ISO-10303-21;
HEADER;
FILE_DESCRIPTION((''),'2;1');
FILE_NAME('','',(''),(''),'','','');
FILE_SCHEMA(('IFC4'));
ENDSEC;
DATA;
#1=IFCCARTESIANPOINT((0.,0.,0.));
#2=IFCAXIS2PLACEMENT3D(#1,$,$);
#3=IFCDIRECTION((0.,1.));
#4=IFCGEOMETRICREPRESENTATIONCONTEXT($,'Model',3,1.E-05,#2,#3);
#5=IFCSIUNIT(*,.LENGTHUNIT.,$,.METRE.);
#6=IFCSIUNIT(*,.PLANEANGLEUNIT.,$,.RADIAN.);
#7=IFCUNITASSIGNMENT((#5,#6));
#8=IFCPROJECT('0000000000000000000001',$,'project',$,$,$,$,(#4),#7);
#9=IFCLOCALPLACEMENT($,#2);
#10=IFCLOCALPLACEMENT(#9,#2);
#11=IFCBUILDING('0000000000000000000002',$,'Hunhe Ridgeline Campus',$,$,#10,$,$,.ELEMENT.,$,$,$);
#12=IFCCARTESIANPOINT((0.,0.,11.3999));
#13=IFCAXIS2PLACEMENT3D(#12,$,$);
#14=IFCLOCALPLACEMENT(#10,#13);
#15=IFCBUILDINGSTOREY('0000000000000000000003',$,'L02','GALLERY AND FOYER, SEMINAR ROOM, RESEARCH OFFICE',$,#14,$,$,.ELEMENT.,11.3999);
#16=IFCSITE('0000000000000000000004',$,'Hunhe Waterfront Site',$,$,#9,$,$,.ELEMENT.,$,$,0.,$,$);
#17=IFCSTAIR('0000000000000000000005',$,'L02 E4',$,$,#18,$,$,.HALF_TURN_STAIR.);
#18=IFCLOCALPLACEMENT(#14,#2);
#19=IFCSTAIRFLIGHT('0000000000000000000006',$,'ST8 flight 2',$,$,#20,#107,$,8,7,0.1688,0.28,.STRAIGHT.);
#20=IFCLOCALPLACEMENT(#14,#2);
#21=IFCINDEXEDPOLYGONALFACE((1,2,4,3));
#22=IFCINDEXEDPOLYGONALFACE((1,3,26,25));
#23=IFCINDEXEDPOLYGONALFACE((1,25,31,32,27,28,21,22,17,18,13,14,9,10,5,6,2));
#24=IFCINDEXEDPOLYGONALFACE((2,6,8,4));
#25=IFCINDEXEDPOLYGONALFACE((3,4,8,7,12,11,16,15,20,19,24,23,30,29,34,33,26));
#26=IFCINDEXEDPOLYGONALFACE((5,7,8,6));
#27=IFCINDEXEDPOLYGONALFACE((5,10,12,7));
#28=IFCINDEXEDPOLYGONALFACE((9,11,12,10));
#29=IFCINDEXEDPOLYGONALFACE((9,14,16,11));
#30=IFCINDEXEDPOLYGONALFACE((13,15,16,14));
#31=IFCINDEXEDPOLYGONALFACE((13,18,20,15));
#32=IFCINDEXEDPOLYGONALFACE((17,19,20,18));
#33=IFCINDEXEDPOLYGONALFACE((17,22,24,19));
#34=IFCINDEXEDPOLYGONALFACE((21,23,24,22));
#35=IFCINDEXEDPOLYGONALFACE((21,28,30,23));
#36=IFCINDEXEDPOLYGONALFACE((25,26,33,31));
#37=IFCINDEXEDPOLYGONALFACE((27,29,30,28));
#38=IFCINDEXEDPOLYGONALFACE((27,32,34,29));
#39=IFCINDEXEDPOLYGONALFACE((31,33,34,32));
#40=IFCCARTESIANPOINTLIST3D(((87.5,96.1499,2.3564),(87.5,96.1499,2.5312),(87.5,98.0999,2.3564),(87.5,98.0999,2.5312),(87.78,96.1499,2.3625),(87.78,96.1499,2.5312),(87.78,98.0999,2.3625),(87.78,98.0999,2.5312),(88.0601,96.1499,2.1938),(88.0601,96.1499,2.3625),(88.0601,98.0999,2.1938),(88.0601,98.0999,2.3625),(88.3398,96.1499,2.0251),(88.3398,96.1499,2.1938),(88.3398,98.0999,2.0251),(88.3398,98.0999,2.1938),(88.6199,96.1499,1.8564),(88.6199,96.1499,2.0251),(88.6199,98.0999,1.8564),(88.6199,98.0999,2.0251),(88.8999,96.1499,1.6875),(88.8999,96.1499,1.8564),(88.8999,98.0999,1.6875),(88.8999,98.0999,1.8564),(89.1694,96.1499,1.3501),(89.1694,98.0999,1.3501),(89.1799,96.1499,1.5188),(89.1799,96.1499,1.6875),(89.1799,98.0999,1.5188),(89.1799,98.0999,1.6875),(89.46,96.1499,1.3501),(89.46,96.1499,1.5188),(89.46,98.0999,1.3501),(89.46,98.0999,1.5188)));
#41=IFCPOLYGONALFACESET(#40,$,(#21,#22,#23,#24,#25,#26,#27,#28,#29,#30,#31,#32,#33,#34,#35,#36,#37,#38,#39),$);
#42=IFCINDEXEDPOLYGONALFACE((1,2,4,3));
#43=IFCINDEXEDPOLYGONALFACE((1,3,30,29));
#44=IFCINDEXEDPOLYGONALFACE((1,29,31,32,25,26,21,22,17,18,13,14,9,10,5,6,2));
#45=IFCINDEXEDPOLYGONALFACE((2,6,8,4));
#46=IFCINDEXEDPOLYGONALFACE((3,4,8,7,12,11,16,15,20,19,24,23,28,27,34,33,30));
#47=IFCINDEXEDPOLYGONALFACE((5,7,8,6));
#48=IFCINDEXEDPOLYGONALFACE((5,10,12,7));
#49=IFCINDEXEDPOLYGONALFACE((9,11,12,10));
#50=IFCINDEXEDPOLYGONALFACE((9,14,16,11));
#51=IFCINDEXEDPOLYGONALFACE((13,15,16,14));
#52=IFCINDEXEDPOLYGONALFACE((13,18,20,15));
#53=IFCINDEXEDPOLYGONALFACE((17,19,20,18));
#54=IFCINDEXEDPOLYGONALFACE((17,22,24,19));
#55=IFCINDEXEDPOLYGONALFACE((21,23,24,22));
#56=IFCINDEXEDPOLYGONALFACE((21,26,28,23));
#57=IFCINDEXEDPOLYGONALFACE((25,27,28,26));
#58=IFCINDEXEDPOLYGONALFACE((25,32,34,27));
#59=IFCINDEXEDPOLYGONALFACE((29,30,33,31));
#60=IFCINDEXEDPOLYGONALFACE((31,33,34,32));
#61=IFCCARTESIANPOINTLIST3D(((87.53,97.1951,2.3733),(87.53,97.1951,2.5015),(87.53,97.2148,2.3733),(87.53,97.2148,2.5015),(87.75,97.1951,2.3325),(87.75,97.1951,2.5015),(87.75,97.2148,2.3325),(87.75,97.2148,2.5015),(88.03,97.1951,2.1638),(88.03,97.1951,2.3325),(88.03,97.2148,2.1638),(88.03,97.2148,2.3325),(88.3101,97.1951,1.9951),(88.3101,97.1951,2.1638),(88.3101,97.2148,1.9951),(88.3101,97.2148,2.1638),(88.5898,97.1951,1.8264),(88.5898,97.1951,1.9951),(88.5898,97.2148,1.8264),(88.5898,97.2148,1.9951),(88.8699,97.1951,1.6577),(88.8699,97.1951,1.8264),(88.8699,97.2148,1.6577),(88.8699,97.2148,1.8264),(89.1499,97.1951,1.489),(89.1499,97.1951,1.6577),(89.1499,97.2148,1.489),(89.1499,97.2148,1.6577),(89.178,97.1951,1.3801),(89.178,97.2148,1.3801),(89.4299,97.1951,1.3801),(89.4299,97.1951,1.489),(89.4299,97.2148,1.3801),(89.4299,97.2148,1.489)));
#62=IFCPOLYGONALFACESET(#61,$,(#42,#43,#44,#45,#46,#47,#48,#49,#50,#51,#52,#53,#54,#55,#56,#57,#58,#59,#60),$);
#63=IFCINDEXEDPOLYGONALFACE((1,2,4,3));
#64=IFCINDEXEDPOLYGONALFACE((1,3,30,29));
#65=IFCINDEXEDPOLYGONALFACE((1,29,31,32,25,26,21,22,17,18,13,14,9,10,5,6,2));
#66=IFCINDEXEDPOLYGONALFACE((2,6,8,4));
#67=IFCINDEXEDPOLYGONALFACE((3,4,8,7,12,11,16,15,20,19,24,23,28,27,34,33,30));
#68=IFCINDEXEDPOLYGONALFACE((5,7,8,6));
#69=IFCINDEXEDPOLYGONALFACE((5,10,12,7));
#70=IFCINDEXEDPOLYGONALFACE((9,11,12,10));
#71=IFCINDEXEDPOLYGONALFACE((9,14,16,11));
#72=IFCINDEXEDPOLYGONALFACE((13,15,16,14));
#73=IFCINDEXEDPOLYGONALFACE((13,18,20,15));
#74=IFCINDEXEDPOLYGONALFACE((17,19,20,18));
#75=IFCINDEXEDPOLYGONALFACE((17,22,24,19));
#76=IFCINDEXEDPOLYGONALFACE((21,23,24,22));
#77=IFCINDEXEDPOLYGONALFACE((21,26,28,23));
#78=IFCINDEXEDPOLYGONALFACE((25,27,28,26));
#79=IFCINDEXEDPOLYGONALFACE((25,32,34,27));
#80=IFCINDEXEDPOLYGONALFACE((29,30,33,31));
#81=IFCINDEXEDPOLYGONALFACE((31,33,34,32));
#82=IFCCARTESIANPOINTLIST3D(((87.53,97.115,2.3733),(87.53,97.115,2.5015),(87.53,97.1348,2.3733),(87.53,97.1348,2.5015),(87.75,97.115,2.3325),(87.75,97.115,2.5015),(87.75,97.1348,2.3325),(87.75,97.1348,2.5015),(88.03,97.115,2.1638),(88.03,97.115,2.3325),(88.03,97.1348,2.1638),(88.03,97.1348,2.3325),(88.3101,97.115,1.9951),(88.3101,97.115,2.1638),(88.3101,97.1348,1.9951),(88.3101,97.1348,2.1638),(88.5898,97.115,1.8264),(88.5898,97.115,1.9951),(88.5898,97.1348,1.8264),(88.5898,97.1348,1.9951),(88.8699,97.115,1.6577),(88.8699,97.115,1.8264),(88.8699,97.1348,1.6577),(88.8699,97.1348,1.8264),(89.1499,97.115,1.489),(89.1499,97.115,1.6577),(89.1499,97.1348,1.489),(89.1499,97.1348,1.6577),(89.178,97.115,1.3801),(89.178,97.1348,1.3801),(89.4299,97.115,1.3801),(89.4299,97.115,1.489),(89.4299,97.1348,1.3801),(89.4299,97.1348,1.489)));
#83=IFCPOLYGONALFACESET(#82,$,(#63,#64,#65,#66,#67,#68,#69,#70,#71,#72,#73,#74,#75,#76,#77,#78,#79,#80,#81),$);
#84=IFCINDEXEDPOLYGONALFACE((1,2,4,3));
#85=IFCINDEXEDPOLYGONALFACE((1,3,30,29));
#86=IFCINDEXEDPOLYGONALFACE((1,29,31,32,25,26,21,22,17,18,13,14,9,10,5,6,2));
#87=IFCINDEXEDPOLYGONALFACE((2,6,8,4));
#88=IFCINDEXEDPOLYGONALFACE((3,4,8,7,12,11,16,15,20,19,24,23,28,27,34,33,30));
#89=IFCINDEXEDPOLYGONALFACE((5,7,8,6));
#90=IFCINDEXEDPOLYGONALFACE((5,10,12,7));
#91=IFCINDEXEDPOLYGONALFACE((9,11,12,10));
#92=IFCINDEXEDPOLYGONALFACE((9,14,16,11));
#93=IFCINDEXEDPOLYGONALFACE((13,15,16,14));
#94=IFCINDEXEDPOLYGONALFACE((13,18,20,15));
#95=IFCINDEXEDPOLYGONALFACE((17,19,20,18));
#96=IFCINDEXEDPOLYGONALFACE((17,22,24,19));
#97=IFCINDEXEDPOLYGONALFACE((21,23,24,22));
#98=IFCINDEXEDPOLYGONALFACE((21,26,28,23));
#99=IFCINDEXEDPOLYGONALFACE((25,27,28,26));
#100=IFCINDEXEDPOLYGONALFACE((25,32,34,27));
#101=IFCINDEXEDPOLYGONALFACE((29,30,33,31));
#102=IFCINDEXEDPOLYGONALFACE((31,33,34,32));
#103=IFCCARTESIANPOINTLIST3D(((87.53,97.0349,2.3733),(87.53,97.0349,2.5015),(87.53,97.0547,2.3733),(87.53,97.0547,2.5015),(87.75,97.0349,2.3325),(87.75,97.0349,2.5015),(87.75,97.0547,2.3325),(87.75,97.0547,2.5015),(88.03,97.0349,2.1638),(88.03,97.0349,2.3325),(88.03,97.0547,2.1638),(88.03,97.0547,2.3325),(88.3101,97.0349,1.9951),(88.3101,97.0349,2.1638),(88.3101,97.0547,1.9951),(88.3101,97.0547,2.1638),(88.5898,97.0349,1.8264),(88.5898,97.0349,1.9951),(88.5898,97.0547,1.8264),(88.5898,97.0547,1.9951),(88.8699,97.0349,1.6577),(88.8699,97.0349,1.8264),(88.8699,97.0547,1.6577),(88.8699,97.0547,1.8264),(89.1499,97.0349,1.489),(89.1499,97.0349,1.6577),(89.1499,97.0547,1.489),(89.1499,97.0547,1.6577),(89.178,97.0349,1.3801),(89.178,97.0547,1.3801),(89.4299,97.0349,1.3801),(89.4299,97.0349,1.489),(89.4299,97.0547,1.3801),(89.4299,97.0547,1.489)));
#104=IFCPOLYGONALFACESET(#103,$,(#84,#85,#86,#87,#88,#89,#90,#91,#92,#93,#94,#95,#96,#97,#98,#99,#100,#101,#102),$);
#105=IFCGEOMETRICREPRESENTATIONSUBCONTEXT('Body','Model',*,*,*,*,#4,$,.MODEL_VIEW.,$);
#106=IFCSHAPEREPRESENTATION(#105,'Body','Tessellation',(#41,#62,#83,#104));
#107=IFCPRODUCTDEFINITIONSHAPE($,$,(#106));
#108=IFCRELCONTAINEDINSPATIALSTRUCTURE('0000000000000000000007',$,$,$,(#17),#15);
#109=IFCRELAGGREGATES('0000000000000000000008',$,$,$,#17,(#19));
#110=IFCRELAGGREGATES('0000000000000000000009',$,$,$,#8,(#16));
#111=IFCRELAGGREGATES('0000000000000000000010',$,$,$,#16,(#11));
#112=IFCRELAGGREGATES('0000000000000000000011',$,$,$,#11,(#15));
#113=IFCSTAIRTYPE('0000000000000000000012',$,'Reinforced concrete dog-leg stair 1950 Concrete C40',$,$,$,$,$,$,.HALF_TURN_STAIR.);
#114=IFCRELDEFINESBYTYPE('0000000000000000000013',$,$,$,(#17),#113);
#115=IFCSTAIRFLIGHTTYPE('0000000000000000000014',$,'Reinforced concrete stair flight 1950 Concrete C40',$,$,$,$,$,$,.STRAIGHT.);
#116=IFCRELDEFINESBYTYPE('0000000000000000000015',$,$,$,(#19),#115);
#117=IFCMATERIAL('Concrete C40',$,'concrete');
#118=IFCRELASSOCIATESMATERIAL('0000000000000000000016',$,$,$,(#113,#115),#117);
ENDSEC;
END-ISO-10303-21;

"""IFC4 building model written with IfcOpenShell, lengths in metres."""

from ifc_helpers import new_model, si_unit, direction, frame, origin, place, context, subcontext, project, spatial, polyline, outline, extrude, material, type_object, element, aggregate, save


model = new_model("IFC4")

# Units and contexts
model_context = context("Model", 3, precision=1e-05, world=origin(), true_north=direction((0.0, 1.0)))
body_context = subcontext(model_context, "Body", "Model", "MODEL_VIEW")
ifc_project = project(units=[si_unit("LENGTHUNIT", "METRE"), si_unit("PLANEANGLEUNIT", "RADIAN")], contexts=[model_context])

# Site, building, storey
site_placement = place(None, origin())
site = spatial("IfcSite", under=ifc_project, at=site_placement, Name="Hunhe Waterfront Site", CompositionType="ELEMENT", RefElevation=0.0)
building_placement = place(site_placement, origin())
building = spatial("IfcBuilding", under=site, at=building_placement, Name="Hunhe Ridgeline Campus", CompositionType="ELEMENT")
storey_placement = place(building_placement, frame((0.0, 0.0, 11.3999)))
storey = spatial("IfcBuildingStorey", under=building, at=storey_placement, Name="L02", Description="GALLERY AND FOYER, SEMINAR ROOM, RESEARCH OFFICE", CompositionType="ELEMENT", Elevation=11.3999)

# Stair, stair flight
ifc_material_1 = material(Name="Concrete C40", Category="concrete")
stair_type = type_object("IfcStairType", Name="Reinforced concrete dog-leg stair 1950 Concrete C40", PredefinedType="HALF_TURN_STAIR", material=ifc_material_1)
stair_1_placement = place(storey_placement, origin())
stair_1 = element("IfcStair", 1, at=stair_1_placement, inside=storey, type_object=stair_type, Name="L02 E4", PredefinedType="HALF_TURN_STAIR")
stair_flight_type = type_object("IfcStairFlightType", Name="Reinforced concrete stair flight 1950 Concrete C40", PredefinedType="STRAIGHT", material=ifc_material_1)
stair_flight_1_placement = place(storey_placement, frame((89.46, 97.125, 1.3501), z_axis=(0.0, 0.0, 1.0), x_axis=(-1.0, 0.0, 0.0)))
stair_flight_1 = element("IfcStairFlight", 2, at=stair_flight_1_placement, type_object=stair_flight_type, Name="ST8 flight 2", NumberOfRisers=8, NumberOfTreads=7, PredefinedType="STRAIGHT", RiserHeight=0.1688, TreadLength=0.28, context=body_context, shape_type="SweptSolid", body=[
    extrude(outline(polyline([(0.0, 0.0), (0.0, 0.1687), (0.28, 0.1687), (0.28, 0.3374), (0.5601, 0.3374), (0.5601, 0.5063), (0.8401, 0.5063), (0.8401, 0.675), (1.1201, 0.675), (1.1201, 0.8438), (1.3999, 0.8438), (1.3999, 1.0125), (1.6799, 1.0125), (1.6799, 1.1812), (1.96, 1.1812), (1.96, 1.3501), (1.96, 1.0063), (0.2905, 0.0), (0.0, 0.0)])), frame((0.0, 0.9751, 0.0), z_axis=(0.0, -1.0, 0.0), x_axis=(1.0, 0.0, 0.0)), (0.0, 0.0, 1.0), 1.95),
    extrude(outline(polyline([(0.03, 0.03), (0.03, 0.1389), (0.3101, 0.1389), (0.3101, 0.3076), (0.5901, 0.3076), (0.5901, 0.4763), (0.8701, 0.4763), (0.8701, 0.645), (1.1499, 0.645), (1.1499, 0.8137), (1.4299, 0.8137), (1.4299, 0.9824), (1.71, 0.9824), (1.71, 1.1514), (1.9299, 1.1514), (1.9299, 1.0232), (0.282, 0.03), (0.03, 0.03)])), frame((0.0, -0.0701, 0.0), z_axis=(0.0, -1.0, 0.0), x_axis=(1.0, 0.0, 0.0)), (0.0, 0.0, 1.0), 0.0198),
    extrude(outline(polyline([(0.03, 0.03), (0.03, 0.1389), (0.3101, 0.1389), (0.3101, 0.3076), (0.5901, 0.3076), (0.5901, 0.4763), (0.8701, 0.4763), (0.8701, 0.645), (1.1499, 0.645), (1.1499, 0.8137), (1.4299, 0.8137), (1.4299, 0.9824), (1.71, 0.9824), (1.71, 1.1514), (1.9299, 1.1514), (1.9299, 1.0232), (0.282, 0.03), (0.03, 0.03)])), frame((0.0, 0.01, 0.0), z_axis=(0.0, -1.0, 0.0), x_axis=(1.0, 0.0, 0.0)), (0.0, 0.0, 1.0), 0.0198),
    extrude(outline(polyline([(0.03, 0.03), (0.03, 0.1389), (0.3101, 0.1389), (0.3101, 0.3076), (0.5901, 0.3076), (0.5901, 0.4763), (0.8701, 0.4763), (0.8701, 0.645), (1.1499, 0.645), (1.1499, 0.8137), (1.4299, 0.8137), (1.4299, 0.9824), (1.71, 0.9824), (1.71, 1.1514), (1.9299, 1.1514), (1.9299, 1.0232), (0.282, 0.03), (0.03, 0.03)])), frame((0.0, 0.0901, 0.0), z_axis=(0.0, -1.0, 0.0), x_axis=(1.0, 0.0, 0.0)), (0.0, 0.0, 1.0), 0.0198),
])
aggregate(stair_1, [stair_flight_1])

save(model, "model.ifc")
